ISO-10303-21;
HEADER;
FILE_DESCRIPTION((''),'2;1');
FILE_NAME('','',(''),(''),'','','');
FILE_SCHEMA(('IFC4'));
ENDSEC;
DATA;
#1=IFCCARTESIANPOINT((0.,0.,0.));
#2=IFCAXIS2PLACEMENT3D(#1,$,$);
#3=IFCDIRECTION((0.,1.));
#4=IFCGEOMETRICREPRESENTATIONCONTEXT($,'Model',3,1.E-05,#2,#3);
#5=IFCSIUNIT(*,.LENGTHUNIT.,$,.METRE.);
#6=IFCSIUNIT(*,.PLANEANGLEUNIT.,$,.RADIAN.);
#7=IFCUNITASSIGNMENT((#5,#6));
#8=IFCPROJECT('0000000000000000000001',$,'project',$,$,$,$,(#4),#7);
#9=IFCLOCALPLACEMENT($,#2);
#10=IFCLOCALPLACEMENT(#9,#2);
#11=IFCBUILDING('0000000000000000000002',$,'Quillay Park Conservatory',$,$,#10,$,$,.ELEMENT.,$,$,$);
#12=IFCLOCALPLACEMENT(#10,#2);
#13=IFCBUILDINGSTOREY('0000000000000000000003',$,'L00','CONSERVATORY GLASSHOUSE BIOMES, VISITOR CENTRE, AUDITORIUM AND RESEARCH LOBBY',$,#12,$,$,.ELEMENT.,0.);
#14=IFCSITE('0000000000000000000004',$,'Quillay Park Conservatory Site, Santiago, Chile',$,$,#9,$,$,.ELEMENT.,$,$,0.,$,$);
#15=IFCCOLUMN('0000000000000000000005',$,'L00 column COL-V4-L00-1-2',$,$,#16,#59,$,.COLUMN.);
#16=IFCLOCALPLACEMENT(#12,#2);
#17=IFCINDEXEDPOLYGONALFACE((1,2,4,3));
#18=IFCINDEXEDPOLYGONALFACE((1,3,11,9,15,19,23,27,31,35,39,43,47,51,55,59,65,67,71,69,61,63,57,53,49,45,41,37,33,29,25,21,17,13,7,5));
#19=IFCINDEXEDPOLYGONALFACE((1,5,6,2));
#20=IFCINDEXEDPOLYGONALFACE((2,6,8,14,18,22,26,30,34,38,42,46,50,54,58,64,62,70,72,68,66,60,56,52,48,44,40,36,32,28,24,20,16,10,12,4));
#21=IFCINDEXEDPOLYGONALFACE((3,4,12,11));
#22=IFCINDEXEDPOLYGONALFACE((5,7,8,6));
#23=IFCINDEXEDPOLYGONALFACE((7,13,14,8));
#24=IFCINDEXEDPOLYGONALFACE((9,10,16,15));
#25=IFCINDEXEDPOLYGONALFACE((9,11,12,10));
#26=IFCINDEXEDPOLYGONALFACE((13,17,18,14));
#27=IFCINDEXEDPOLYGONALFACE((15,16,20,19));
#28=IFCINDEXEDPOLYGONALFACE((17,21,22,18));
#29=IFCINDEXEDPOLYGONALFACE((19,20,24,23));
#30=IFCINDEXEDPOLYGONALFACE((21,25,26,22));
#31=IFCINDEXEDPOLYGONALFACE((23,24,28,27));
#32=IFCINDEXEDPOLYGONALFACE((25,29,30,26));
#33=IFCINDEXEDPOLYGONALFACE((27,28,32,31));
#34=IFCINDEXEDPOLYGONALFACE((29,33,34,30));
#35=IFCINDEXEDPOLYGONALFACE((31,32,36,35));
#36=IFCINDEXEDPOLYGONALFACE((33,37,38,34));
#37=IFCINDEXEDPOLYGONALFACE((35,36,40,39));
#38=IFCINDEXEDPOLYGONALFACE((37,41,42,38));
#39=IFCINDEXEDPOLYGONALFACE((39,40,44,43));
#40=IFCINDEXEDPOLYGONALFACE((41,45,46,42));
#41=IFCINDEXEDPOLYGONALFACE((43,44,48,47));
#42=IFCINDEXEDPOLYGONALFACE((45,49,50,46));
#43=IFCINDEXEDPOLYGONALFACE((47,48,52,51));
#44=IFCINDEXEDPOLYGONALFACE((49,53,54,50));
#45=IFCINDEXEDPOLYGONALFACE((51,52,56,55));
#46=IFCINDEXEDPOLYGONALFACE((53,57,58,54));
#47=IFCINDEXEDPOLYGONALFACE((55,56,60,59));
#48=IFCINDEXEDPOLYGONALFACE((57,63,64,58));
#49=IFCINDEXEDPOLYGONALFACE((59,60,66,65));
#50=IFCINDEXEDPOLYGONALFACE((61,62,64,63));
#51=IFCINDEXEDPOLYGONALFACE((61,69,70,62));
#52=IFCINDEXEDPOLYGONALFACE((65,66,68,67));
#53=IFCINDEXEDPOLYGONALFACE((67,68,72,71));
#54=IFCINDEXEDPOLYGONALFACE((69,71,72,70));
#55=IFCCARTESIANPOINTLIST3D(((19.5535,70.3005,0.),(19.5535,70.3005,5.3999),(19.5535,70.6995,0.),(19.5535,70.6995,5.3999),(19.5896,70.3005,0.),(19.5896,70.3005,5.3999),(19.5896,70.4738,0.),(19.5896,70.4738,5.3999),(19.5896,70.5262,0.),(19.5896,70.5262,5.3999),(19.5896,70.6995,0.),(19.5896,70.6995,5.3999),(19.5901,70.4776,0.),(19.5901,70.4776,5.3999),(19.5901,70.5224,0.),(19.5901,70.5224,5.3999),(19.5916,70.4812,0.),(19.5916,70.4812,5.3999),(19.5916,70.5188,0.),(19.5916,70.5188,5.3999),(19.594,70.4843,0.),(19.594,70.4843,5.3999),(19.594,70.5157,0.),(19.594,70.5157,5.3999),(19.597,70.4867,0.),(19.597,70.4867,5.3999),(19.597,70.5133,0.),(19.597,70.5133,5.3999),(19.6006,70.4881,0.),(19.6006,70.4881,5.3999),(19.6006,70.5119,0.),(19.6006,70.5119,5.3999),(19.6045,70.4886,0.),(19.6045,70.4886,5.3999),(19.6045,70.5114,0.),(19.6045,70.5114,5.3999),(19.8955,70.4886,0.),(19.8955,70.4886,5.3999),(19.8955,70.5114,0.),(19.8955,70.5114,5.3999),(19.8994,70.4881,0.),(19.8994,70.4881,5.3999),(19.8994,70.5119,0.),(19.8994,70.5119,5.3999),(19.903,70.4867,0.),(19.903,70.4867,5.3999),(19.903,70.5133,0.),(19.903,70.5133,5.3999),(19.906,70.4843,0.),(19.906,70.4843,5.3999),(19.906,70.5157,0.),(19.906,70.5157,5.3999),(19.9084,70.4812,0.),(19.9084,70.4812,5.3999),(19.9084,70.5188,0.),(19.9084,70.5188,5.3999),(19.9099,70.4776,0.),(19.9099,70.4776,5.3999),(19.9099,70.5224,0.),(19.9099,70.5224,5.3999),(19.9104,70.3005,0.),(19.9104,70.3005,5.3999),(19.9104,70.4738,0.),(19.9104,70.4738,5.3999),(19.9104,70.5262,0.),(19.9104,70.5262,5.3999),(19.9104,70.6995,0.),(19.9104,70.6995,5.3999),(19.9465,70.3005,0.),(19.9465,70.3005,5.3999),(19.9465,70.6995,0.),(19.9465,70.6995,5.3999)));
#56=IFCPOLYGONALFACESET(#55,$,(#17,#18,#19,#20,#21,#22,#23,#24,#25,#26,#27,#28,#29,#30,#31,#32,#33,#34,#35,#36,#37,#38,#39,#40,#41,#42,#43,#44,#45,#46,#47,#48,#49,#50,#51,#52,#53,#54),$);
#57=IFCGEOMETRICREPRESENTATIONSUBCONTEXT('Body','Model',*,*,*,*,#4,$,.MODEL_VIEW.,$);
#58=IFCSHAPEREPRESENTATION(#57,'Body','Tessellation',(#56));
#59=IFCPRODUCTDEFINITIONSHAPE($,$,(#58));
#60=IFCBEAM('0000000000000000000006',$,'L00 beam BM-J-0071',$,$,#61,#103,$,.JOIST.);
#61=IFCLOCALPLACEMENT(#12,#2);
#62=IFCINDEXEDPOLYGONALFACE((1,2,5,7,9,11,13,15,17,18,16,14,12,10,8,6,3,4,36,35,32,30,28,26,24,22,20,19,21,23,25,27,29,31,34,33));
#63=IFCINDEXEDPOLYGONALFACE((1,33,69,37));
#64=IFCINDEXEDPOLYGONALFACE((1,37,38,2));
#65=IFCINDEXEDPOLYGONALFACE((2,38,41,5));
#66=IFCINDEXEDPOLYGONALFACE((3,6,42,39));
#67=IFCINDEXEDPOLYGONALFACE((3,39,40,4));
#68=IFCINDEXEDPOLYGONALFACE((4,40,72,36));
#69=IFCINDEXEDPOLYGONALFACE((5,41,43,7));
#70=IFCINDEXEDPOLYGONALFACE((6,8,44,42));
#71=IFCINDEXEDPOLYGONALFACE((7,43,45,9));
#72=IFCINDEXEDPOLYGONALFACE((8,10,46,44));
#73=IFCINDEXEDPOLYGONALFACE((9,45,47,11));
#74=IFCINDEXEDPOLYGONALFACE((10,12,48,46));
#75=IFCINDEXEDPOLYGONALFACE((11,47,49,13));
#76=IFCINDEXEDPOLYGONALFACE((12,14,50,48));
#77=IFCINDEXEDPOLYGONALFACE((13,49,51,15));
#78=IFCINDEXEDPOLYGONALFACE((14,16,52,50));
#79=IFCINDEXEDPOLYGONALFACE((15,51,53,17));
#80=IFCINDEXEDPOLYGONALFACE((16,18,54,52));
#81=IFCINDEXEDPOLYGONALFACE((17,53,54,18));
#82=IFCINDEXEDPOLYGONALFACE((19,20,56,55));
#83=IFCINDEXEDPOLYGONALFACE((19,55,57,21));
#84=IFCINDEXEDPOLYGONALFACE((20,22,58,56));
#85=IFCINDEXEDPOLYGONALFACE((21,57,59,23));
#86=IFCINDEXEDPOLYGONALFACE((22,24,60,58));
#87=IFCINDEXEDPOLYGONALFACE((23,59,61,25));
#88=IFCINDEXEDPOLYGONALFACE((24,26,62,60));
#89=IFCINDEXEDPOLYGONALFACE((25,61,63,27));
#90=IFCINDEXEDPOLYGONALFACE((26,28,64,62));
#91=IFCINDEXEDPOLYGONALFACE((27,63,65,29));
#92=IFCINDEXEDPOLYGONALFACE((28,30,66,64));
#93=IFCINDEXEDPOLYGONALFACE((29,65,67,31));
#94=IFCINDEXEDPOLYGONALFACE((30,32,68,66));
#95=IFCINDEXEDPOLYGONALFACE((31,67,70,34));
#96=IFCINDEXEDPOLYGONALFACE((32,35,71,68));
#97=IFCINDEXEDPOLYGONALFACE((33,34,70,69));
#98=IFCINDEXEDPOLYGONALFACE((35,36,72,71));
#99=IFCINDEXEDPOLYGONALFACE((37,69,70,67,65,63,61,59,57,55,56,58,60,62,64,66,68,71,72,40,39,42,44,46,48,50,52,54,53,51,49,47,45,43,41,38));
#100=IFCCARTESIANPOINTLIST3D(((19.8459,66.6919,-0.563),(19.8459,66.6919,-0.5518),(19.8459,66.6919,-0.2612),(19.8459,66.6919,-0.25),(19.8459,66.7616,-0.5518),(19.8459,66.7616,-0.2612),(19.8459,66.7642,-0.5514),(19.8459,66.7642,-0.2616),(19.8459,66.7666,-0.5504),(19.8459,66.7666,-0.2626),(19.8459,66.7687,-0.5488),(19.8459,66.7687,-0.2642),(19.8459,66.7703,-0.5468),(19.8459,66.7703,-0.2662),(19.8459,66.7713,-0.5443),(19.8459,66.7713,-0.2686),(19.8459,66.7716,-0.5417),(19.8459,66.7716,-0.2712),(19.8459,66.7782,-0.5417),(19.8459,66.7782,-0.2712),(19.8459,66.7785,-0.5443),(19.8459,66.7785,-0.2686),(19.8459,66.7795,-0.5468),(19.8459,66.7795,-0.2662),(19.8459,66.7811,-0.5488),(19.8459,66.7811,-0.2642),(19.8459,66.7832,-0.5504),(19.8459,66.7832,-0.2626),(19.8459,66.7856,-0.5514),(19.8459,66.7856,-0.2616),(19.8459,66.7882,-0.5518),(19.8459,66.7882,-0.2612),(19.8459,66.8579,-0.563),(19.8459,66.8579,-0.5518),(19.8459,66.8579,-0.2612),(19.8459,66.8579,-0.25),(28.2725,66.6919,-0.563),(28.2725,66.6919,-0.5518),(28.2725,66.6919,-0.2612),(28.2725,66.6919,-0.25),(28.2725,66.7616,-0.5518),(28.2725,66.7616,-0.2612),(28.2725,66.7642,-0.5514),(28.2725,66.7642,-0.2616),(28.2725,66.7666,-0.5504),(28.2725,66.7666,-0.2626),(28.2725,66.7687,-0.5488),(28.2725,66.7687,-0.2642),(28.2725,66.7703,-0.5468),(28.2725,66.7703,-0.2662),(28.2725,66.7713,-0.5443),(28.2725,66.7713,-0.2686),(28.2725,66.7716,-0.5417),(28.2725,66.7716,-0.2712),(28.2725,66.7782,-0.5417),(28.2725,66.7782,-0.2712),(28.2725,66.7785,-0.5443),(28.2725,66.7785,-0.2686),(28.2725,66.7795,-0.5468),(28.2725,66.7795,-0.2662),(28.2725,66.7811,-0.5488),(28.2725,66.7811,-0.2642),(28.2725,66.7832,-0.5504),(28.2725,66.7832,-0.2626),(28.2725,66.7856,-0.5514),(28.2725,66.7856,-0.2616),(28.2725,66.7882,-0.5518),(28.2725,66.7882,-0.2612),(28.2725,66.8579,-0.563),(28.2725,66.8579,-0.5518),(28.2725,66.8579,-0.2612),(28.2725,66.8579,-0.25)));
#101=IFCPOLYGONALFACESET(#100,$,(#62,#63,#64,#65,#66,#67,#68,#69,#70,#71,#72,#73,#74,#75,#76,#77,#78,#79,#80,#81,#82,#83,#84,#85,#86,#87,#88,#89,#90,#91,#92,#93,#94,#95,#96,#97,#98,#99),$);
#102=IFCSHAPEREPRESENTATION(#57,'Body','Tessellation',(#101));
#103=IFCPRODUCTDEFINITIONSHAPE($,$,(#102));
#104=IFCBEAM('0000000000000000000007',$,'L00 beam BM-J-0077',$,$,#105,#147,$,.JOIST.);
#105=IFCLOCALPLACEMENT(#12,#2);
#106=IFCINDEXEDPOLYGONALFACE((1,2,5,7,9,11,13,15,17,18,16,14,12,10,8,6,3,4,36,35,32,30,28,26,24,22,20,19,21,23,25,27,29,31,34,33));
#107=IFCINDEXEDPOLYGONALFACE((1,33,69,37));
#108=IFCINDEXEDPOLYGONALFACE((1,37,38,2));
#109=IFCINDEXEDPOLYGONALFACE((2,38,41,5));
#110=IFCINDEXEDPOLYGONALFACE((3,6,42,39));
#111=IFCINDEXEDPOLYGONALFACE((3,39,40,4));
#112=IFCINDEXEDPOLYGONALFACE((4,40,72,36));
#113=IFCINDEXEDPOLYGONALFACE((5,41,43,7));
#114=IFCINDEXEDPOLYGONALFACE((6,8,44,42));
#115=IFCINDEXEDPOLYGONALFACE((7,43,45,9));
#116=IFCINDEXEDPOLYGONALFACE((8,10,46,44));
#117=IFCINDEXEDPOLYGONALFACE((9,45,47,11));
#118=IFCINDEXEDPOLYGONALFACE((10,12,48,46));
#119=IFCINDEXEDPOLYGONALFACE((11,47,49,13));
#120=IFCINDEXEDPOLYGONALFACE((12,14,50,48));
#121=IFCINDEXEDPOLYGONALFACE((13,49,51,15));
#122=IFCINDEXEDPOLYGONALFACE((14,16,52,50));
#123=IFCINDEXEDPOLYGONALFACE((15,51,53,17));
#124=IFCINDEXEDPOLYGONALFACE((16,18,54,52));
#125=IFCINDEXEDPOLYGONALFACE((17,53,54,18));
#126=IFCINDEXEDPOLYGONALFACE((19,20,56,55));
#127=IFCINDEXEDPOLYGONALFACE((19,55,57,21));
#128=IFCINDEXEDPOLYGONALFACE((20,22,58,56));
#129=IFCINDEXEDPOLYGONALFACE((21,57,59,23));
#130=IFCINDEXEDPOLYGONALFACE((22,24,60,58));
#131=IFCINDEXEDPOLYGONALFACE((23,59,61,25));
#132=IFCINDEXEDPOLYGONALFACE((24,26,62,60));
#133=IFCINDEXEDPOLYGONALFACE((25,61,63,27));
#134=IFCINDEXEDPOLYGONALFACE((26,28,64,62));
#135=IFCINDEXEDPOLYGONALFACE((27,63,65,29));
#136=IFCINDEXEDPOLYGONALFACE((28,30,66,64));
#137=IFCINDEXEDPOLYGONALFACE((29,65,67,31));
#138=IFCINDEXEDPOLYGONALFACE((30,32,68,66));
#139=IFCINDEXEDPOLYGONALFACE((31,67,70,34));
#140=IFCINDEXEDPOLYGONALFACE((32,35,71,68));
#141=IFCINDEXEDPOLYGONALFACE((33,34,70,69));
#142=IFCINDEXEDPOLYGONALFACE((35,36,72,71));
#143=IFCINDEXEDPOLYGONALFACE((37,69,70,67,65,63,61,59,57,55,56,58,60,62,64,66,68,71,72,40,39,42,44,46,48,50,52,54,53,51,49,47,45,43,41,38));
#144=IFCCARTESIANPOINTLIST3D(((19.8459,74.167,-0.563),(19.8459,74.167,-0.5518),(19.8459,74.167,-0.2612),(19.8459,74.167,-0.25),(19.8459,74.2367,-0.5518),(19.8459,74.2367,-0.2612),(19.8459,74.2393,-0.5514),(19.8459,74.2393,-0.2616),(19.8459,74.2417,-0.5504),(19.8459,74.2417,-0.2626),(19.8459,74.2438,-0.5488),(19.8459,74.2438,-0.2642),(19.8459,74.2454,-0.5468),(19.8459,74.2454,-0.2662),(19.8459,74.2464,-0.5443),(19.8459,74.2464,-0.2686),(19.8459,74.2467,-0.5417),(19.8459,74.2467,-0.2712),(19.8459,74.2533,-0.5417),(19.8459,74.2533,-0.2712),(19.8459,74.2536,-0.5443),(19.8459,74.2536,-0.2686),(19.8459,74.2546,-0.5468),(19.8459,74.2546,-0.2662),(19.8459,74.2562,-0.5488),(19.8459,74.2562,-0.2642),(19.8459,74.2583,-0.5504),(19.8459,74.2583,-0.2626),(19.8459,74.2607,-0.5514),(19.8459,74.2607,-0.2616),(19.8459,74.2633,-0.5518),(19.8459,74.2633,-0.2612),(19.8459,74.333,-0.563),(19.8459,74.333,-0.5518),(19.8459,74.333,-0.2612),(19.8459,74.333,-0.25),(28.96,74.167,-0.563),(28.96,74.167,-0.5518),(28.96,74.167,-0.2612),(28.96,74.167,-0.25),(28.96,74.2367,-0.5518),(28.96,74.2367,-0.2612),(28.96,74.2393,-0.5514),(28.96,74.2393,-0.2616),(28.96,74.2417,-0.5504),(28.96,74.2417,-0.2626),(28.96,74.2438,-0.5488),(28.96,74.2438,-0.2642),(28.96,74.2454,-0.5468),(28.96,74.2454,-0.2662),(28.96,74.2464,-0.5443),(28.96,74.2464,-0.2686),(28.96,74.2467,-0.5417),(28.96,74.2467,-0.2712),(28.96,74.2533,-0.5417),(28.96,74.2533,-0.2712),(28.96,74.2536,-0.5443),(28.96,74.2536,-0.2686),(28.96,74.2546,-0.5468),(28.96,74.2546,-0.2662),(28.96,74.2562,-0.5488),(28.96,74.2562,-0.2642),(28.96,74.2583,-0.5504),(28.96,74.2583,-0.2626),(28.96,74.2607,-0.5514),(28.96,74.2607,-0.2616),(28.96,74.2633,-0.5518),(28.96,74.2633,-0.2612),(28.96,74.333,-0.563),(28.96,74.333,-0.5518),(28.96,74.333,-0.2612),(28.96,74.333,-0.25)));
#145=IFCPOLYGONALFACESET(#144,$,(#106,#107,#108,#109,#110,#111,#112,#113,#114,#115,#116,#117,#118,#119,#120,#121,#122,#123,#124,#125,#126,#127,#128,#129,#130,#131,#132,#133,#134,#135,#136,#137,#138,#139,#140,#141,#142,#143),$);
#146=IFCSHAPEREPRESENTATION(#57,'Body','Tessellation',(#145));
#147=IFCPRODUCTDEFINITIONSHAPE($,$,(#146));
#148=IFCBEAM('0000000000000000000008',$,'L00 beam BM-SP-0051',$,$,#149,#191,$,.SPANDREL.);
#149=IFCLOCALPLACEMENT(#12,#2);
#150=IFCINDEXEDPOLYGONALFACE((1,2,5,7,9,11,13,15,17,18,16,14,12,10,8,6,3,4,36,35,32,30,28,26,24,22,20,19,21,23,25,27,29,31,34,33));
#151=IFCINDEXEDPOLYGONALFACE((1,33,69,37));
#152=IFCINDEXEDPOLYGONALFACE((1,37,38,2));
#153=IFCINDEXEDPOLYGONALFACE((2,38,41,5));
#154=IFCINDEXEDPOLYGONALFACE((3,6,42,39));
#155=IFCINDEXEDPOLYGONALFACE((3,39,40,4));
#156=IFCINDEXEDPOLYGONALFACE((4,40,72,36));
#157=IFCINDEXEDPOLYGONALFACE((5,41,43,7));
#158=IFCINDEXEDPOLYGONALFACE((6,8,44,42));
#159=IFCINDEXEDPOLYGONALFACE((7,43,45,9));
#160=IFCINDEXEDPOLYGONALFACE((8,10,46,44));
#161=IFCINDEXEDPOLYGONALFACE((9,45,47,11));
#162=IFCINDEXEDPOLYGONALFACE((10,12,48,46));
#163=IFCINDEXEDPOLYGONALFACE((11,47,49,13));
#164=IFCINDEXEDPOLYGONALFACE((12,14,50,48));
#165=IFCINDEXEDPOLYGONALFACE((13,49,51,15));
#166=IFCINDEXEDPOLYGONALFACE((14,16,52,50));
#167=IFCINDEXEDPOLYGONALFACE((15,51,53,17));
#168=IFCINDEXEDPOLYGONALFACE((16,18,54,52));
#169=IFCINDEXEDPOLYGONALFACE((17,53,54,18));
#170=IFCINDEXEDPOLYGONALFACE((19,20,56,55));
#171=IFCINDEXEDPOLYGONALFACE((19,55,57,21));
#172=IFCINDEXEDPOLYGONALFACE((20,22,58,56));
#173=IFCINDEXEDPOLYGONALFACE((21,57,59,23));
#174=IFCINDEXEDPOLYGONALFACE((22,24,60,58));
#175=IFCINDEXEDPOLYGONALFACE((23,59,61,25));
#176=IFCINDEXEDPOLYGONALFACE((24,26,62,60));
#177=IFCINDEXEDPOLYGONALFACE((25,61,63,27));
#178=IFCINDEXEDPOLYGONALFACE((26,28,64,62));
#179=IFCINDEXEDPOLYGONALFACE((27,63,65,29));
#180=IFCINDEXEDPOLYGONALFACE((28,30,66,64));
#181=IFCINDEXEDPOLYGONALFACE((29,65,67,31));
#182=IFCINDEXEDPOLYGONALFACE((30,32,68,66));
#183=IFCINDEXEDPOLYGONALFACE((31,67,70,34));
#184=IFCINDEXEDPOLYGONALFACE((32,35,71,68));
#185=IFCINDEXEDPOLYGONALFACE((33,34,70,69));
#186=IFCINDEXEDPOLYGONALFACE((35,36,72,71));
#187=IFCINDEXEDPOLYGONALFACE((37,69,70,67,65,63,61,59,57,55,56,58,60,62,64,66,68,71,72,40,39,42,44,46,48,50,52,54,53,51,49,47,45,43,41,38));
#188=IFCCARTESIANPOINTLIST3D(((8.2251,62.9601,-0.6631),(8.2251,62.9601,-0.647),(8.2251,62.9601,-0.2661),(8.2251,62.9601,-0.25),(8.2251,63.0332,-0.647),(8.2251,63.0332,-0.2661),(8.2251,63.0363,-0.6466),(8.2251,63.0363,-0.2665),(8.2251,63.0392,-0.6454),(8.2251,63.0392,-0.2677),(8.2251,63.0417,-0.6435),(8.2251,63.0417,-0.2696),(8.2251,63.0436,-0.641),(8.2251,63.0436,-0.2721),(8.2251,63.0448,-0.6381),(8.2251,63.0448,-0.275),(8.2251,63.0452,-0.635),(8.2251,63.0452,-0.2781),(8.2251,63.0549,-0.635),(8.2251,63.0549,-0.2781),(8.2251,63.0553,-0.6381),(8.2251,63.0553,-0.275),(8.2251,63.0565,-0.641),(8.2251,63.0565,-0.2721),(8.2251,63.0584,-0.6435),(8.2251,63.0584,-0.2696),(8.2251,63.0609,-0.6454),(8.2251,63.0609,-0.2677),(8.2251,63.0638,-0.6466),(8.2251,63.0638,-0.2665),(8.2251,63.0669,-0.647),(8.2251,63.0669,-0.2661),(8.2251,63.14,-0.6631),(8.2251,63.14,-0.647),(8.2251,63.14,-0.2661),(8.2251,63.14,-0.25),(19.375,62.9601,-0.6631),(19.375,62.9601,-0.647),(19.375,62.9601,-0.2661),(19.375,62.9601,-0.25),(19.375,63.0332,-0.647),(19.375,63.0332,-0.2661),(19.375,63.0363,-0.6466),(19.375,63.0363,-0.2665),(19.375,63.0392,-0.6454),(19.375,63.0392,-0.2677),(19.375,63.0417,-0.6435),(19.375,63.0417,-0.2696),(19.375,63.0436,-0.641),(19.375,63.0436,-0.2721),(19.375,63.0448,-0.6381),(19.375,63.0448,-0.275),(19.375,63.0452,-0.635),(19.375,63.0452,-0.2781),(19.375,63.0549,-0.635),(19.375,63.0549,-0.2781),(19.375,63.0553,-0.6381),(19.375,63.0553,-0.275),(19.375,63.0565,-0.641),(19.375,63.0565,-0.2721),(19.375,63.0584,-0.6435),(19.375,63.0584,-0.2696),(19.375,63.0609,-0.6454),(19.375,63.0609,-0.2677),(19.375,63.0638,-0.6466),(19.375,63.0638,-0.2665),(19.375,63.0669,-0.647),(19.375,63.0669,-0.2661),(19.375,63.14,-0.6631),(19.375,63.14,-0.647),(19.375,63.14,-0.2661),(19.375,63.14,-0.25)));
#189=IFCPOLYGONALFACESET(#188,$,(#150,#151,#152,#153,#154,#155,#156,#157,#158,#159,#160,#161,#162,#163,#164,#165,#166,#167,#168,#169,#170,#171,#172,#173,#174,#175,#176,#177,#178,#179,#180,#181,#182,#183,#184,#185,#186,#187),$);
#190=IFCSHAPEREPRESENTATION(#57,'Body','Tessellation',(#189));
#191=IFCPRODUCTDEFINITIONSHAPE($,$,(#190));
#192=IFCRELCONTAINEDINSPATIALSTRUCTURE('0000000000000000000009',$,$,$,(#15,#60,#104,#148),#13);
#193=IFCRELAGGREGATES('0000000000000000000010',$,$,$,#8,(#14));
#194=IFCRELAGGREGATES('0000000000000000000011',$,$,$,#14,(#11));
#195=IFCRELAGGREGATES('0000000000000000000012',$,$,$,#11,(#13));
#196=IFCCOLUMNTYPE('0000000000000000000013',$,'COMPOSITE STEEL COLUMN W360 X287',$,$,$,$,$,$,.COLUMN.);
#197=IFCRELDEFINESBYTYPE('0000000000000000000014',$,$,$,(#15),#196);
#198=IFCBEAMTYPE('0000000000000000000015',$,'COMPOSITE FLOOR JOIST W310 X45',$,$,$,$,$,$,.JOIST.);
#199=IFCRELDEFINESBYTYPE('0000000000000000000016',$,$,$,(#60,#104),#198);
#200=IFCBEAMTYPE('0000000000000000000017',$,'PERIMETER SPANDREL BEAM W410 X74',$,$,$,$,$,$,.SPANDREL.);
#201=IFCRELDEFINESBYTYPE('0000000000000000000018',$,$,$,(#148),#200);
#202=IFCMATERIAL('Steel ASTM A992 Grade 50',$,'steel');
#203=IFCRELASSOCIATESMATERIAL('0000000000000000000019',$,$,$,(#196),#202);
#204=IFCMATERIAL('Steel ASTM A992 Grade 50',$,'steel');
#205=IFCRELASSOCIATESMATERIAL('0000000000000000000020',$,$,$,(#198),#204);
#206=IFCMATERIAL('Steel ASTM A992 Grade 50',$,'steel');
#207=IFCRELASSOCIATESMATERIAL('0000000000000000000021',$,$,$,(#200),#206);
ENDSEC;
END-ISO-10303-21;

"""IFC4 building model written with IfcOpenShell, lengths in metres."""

from ifc_helpers import new_model, si_unit, direction, frame, origin, origin_2d, place, context, subcontext, project, spatial, i_section, extrude, material, material_profile, profile_set, type_object, element, save


model = new_model("IFC4")

# Units and contexts
model_context = context("Model", 3, precision=1e-05, world=origin(), true_north=direction((0.0, 1.0)))
body_context = subcontext(model_context, "Body", "Model", "MODEL_VIEW")
ifc_project = project(units=[si_unit("LENGTHUNIT", "METRE"), si_unit("PLANEANGLEUNIT", "RADIAN")], contexts=[model_context])

# Site, building, storey
site_placement = place(None, origin())
site = spatial("IfcSite", under=ifc_project, at=site_placement, Name="Quillay Park Conservatory Site, Santiago, Chile", CompositionType="ELEMENT", RefElevation=0.0)
building_placement = place(site_placement, origin())
building = spatial("IfcBuilding", under=site, at=building_placement, Name="Quillay Park Conservatory", CompositionType="ELEMENT")
storey_placement = place(building_placement, origin())
storey = spatial("IfcBuildingStorey", under=building, at=storey_placement, Name="L00", Description="CONSERVATORY GLASSHOUSE BIOMES, VISITOR CENTRE, AUDITORIUM AND RESEARCH LOBBY", CompositionType="ELEMENT", Elevation=0.0)

# Column
ifc_material_1 = material(Name="Steel ASTM A992 Grade 50", Category="steel")
ifc_material_profile_1 = material_profile(ifc_material_1, i_section(OverallWidth=0.3989, OverallDepth=0.3931, WebThickness=0.0227, FlangeThickness=0.0361, FilletRadius=0.0149, at=origin_2d()), Name="W360x287")
ifc_profile_set_1 = profile_set([ifc_material_profile_1], Name="Steel ASTM A992 Grade 50")
column_type_1 = type_object("IfcColumnType", Name="COMPOSITE STEEL COLUMN W360 X287", PredefinedType="COLUMN", material=ifc_profile_set_1)
for number, where, z_axis, x_axis, name in (
    (1, (19.75, 70.5, 0.0), (0.0, 0.0, 1.0), (0.0, 1.0, 0.0), "L00 column COL-V4-L00-1-2"),
):
    element("IfcColumn", number, at=place(storey_placement, frame(where, z_axis=z_axis, x_axis=x_axis)), inside=storey, type_object=column_type_1, Name=name, PredefinedType="COLUMN", context=body_context, shape_type="SweptSolid", body=[
        extrude(i_section(OverallWidth=0.3989, OverallDepth=0.3931, WebThickness=0.0227, FlangeThickness=0.0361, FilletRadius=0.0149, at=origin_2d()), origin(), (0.0, 0.0, 1.0), 5.3999),
    ])

# Beams
ifc_material_2 = material(Name="Steel ASTM A992 Grade 50", Category="steel")
ifc_material_profile_2 = material_profile(ifc_material_2, i_section(OverallWidth=0.166, OverallDepth=0.313, WebThickness=0.0066, FlangeThickness=0.0112, FilletRadius=0.01, at=origin_2d()), Name="W310x45")
ifc_profile_set_2 = profile_set([ifc_material_profile_2], Name="Steel ASTM A992 Grade 50")
beam_type_1 = type_object("IfcBeamType", Name="COMPOSITE FLOOR JOIST W310 X45", PredefinedType="JOIST", material=ifc_profile_set_2)
beam_1_placement = place(storey_placement, frame((19.8459, 66.7749, -0.4065), z_axis=(1.0, 0.0, 0.0), x_axis=(0.0, 1.0, 0.0)))
element("IfcBeam", 2, at=beam_1_placement, inside=storey, type_object=beam_type_1, Name="L00 beam BM-J-0071", PredefinedType="JOIST", context=body_context, shape_type="SweptSolid", body=[
    extrude(i_section(OverallWidth=0.166, OverallDepth=0.313, WebThickness=0.0066, FlangeThickness=0.0112, FilletRadius=0.01, at=origin_2d()), origin(), (0.0, 0.0, 1.0), 8.4265),
])
beam_2_placement = place(storey_placement, frame((19.8459, 74.25, -0.4065), z_axis=(1.0, 0.0, 0.0), x_axis=(0.0, 1.0, 0.0)))
element("IfcBeam", 3, at=beam_2_placement, inside=storey, type_object=beam_type_1, Name="L00 beam BM-J-0077", PredefinedType="JOIST", context=body_context, shape_type="SweptSolid", body=[
    extrude(i_section(OverallWidth=0.166, OverallDepth=0.313, WebThickness=0.0066, FlangeThickness=0.0112, FilletRadius=0.01, at=origin_2d()), origin(), (0.0, 0.0, 1.0), 9.114),
])
ifc_material_3 = material(Name="Steel ASTM A992 Grade 50", Category="steel")
ifc_material_profile_3 = material_profile(ifc_material_3, i_section(OverallWidth=0.1799, OverallDepth=0.4131, WebThickness=0.0098, FlangeThickness=0.0161, FilletRadius=0.012, at=origin_2d()), Name="W410x74")
ifc_profile_set_3 = profile_set([ifc_material_profile_3], Name="Steel ASTM A992 Grade 50")
beam_type_2 = type_object("IfcBeamType", Name="PERIMETER SPANDREL BEAM W410 X74", PredefinedType="SPANDREL", material=ifc_profile_set_3)
beam_3_placement = place(storey_placement, frame((8.2251, 63.05, -0.4565), z_axis=(1.0, 0.0, 0.0), x_axis=(0.0, 1.0, 0.0)))
element("IfcBeam", 4, at=beam_3_placement, inside=storey, type_object=beam_type_2, Name="L00 beam BM-SP-0051", PredefinedType="SPANDREL", context=body_context, shape_type="SweptSolid", body=[
    extrude(i_section(OverallWidth=0.1799, OverallDepth=0.4131, WebThickness=0.0098, FlangeThickness=0.0161, FilletRadius=0.012, at=origin_2d()), origin(), (0.0, 0.0, 1.0), 11.1499),
])

save(model, "model.ifc")
